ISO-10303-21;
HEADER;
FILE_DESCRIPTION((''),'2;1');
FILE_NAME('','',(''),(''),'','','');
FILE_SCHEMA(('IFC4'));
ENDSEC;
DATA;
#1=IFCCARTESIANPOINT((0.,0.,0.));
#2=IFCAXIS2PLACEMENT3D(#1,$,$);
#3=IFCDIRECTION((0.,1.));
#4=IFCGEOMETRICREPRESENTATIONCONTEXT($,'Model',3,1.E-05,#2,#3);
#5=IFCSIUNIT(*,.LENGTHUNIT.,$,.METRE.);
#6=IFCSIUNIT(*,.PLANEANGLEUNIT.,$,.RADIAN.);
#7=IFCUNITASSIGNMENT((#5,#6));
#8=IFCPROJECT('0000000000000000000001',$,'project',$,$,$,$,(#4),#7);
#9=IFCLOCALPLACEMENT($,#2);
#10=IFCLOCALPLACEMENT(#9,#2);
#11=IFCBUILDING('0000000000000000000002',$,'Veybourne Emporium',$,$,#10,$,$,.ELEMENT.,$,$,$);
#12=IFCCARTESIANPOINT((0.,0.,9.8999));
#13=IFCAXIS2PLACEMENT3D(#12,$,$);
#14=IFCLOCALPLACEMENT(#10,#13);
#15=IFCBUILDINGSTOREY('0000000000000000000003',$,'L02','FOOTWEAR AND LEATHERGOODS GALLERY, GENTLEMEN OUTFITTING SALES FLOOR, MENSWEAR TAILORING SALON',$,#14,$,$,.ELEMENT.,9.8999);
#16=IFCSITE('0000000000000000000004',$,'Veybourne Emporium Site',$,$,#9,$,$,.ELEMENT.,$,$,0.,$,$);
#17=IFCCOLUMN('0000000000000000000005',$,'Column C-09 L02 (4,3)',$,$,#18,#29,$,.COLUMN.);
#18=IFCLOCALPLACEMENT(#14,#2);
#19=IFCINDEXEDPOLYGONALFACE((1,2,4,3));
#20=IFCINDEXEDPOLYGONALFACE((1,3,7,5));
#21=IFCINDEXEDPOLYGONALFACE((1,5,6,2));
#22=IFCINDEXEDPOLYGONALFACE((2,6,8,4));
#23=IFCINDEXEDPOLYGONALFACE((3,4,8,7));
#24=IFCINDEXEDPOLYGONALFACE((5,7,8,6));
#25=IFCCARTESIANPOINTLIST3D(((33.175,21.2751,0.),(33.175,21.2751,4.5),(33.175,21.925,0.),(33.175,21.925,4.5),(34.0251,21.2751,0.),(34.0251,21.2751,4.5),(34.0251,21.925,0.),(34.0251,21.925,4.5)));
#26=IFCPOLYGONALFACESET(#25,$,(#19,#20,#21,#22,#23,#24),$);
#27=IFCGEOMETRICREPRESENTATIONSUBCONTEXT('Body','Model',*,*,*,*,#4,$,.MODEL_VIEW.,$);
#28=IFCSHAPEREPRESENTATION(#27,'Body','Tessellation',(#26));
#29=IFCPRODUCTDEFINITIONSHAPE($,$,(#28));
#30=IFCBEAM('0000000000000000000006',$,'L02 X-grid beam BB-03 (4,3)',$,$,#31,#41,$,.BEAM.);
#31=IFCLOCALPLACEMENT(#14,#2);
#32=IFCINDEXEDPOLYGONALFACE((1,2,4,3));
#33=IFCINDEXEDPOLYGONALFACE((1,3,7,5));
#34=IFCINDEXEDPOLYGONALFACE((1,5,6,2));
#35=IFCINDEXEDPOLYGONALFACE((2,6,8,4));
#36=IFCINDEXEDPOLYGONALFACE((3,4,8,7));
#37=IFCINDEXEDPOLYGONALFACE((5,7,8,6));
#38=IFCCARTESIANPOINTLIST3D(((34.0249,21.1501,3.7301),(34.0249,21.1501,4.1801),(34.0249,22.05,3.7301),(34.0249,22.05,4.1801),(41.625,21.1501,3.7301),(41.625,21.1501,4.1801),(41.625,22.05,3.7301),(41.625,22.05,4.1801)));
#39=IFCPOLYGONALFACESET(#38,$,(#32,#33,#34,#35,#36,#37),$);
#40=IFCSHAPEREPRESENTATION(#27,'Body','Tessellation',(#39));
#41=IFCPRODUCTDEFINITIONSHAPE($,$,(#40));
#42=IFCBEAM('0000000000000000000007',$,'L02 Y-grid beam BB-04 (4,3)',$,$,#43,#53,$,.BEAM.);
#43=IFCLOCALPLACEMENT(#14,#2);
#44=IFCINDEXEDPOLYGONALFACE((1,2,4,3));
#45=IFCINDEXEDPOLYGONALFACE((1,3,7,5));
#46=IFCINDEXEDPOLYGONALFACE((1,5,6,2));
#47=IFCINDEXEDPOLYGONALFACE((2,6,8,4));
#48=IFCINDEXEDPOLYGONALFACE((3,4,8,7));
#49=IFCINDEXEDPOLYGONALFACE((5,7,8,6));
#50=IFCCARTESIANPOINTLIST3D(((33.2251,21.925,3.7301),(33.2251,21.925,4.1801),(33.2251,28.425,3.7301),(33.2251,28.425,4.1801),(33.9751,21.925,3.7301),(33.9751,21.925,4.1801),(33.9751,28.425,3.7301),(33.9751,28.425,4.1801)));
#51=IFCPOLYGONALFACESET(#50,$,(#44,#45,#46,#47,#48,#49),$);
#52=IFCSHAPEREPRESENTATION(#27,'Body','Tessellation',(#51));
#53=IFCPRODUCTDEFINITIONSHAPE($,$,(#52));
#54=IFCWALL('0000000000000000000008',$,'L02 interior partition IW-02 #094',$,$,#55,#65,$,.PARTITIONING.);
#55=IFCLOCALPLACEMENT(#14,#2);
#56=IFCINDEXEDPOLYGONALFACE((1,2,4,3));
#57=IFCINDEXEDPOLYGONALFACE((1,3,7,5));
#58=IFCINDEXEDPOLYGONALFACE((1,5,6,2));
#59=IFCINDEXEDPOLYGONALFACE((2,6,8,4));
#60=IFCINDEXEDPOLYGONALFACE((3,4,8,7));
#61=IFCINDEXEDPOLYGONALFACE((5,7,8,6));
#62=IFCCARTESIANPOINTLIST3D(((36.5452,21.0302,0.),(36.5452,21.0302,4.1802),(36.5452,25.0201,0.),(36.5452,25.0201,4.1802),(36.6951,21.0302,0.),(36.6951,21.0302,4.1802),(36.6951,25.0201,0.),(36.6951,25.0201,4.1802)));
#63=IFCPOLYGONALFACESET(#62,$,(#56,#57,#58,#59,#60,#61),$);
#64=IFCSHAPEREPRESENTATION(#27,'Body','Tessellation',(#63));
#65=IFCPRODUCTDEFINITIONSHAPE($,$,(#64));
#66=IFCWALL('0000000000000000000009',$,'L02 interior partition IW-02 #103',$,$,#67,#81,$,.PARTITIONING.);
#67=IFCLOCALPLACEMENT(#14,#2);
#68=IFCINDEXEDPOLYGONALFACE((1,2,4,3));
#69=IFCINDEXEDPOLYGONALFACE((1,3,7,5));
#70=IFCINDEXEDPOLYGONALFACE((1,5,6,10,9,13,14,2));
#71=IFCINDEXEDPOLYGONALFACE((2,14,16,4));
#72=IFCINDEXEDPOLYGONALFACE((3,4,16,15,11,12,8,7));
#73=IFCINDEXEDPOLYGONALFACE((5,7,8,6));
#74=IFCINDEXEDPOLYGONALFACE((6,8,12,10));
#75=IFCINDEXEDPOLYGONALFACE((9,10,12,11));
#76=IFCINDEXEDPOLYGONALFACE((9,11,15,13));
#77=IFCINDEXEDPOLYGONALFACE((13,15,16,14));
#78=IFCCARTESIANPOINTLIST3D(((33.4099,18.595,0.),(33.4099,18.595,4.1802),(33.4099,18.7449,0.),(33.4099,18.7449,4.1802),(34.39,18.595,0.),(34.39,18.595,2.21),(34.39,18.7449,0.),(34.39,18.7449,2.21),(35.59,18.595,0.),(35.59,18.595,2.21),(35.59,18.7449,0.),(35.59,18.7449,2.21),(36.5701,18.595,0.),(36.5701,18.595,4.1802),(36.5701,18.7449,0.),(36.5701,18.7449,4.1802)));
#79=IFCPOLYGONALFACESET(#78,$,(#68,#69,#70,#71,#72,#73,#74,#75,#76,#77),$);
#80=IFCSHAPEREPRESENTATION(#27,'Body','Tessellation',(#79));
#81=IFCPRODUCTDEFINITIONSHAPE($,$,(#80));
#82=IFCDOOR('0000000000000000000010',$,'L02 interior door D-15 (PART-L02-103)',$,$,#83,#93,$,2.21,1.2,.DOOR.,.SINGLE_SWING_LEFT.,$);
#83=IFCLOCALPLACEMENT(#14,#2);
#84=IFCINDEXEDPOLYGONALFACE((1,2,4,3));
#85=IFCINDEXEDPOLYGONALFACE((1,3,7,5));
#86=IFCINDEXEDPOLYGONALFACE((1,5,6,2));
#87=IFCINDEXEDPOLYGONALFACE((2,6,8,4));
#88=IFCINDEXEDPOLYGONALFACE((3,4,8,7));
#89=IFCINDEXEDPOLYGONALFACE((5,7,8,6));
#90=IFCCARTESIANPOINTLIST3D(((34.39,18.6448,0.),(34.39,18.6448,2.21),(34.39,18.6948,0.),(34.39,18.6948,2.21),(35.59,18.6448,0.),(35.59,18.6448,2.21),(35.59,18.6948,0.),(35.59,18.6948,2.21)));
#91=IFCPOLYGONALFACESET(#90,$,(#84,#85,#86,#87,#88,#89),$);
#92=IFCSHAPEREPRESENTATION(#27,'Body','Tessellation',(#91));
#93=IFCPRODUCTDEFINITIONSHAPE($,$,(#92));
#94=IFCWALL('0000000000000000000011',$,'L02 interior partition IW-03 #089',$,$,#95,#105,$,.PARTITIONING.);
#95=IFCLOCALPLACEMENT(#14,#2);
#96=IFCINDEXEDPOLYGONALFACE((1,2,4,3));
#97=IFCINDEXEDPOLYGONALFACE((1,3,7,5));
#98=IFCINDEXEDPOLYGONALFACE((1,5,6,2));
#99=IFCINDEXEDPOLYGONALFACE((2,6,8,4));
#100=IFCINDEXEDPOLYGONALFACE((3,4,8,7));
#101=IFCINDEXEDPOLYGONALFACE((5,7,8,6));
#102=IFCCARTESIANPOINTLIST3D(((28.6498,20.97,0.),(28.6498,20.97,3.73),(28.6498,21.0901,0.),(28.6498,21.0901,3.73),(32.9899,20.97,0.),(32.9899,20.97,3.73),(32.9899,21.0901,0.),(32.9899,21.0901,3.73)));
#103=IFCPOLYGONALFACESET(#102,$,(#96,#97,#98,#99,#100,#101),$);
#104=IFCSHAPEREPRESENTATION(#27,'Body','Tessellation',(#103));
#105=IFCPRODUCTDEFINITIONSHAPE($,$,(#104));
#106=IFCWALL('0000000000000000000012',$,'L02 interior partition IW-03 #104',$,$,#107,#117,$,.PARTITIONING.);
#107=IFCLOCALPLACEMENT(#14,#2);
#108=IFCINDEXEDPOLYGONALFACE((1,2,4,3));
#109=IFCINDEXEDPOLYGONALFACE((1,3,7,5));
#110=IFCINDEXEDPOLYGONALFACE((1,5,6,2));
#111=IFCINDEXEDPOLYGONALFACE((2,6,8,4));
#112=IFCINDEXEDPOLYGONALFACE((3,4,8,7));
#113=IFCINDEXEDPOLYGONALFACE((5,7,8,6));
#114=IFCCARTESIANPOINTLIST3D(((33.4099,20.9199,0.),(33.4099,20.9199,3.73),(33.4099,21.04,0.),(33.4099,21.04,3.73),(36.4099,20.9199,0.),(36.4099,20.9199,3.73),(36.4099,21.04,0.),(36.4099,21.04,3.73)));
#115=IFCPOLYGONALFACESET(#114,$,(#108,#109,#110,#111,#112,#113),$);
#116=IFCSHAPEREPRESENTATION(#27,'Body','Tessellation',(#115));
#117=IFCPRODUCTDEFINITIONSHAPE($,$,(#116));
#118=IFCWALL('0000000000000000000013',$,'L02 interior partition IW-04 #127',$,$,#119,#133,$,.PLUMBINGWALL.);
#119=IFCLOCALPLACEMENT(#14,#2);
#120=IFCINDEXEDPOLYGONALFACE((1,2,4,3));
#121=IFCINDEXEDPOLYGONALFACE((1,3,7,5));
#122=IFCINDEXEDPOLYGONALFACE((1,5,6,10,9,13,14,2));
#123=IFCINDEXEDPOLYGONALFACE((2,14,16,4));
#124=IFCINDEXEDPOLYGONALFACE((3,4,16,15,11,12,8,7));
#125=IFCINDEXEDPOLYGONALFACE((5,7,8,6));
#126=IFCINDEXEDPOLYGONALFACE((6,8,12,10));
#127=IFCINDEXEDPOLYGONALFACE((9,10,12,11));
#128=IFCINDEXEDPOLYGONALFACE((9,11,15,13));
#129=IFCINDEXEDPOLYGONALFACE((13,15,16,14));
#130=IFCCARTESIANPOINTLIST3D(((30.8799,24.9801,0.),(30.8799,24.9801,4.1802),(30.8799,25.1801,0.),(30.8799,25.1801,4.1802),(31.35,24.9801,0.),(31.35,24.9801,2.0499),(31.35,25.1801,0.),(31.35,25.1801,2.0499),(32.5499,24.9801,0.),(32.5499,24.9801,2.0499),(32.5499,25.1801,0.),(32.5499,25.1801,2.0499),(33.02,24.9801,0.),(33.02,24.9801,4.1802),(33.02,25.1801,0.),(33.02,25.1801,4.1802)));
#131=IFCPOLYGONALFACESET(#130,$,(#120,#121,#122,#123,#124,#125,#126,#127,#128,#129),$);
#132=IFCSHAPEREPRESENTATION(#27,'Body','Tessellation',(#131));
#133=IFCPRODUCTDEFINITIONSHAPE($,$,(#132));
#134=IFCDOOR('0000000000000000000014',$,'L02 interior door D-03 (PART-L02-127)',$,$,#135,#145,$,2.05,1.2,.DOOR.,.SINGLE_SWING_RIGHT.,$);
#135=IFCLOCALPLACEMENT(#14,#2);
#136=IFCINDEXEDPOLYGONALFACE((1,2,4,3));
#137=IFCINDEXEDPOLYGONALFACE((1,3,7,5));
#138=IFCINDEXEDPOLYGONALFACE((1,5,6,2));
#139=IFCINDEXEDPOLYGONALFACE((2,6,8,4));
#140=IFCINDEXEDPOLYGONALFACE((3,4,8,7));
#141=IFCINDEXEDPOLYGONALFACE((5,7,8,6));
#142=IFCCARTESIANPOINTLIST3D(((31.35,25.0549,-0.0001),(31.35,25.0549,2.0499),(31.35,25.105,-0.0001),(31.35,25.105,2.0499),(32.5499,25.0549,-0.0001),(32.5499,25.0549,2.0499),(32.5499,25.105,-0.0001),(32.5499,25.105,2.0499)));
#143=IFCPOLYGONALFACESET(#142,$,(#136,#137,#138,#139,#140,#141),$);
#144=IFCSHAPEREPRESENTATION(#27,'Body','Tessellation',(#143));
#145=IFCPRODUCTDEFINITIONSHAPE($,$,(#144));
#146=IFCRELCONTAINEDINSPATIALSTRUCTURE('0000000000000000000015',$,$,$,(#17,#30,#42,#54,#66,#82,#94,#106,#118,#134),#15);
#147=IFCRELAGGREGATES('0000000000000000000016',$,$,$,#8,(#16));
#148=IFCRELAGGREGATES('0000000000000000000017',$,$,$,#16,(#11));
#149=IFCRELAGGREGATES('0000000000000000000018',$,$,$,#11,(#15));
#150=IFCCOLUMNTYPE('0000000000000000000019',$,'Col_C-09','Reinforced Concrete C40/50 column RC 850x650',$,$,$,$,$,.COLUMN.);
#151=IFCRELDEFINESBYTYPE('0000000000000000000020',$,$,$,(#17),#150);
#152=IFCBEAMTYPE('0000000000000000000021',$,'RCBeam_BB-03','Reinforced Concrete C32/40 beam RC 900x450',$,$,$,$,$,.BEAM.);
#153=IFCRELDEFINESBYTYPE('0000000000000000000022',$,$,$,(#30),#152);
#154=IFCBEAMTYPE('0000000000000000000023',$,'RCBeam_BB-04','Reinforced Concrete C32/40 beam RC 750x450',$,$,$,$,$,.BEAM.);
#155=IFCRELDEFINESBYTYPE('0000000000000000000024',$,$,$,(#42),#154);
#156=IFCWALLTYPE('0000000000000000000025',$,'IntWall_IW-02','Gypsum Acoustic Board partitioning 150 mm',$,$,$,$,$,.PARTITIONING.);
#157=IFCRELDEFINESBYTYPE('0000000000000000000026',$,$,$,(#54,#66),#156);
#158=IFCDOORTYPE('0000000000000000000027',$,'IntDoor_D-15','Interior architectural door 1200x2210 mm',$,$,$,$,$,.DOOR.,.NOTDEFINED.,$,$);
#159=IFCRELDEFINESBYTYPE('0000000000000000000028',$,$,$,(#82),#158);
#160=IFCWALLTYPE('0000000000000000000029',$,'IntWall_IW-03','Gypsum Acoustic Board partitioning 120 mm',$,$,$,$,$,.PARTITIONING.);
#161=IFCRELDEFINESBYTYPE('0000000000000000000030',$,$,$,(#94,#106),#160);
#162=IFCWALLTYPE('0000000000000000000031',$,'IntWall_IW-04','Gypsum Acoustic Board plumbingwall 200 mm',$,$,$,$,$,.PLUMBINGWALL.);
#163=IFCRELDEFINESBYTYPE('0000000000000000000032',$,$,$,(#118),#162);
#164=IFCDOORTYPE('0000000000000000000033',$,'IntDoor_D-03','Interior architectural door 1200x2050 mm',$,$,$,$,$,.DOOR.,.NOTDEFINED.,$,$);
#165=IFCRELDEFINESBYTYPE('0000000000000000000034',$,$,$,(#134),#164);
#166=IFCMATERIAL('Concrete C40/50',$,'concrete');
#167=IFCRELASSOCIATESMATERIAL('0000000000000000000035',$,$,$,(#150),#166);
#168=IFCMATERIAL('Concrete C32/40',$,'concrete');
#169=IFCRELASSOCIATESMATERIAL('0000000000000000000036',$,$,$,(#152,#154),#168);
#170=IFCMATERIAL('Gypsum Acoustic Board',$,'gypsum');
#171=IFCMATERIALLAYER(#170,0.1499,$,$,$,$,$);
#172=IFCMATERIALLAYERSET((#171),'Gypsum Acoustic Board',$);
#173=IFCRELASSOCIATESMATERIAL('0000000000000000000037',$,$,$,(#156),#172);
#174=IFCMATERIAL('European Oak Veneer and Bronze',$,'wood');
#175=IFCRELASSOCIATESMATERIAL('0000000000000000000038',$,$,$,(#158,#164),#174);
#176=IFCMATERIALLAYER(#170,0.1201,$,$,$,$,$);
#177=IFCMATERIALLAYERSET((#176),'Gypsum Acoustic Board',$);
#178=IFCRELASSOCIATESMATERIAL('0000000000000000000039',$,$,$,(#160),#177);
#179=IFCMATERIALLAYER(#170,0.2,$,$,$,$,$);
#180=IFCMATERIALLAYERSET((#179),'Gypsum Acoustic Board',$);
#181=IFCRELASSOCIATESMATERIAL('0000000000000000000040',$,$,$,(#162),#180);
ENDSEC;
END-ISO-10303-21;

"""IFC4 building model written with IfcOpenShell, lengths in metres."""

from ifc_helpers import new_model, si_unit, direction, frame, frame_2d, origin, origin_2d, place, context, subcontext, project, spatial, rectangle, extrude, material, layer, layer_set, material_profile, profile_set, type_object, element, fill, save


model = new_model("IFC4")

# Units and contexts
model_context = context("Model", 3, precision=1e-05, world=origin(), true_north=direction((0.0, 1.0)))
body_context = subcontext(model_context, "Body", "Model", "MODEL_VIEW")
ifc_project = project(units=[si_unit("LENGTHUNIT", "METRE"), si_unit("PLANEANGLEUNIT", "RADIAN")], contexts=[model_context])

# Site, building, storey
site_placement = place(None, origin())
site = spatial("IfcSite", under=ifc_project, at=site_placement, Name="Veybourne Emporium Site", CompositionType="ELEMENT", RefElevation=0.0)
building_placement = place(site_placement, origin())
building = spatial("IfcBuilding", under=site, at=building_placement, Name="Veybourne Emporium", CompositionType="ELEMENT")
storey_placement = place(building_placement, frame((0.0, 0.0, 9.8999)))
storey = spatial("IfcBuildingStorey", under=building, at=storey_placement, Name="L02", Description="FOOTWEAR AND LEATHERGOODS GALLERY, GENTLEMEN OUTFITTING SALES FLOOR, MENSWEAR TAILORING SALON", CompositionType="ELEMENT", Elevation=9.8999)

# Column
ifc_material_1 = material(Name="Concrete C40/50", Category="concrete")
ifc_material_profile_1 = material_profile(ifc_material_1, rectangle(XDim=0.8501, YDim=0.6499, at=origin_2d()), Name="RC 850x650")
ifc_profile_set_1 = profile_set([ifc_material_profile_1], Name="Concrete C40/50")
column_type = type_object("IfcColumnType", Name="Col_C-09", Description="Reinforced Concrete C40/50 column RC 850x650", PredefinedType="COLUMN", material=ifc_profile_set_1)
column_placement = place(storey_placement, frame((33.6001, 21.6001, 0.0), z_axis=(0.0, 0.0, 1.0), x_axis=(1.0, 0.0, 0.0)))
element("IfcColumn", 1, at=column_placement, inside=storey, type_object=column_type, Name="Column C-09 L02 (4,3)", PredefinedType="COLUMN", context=body_context, shape_type="SweptSolid", body=[
    extrude(rectangle(XDim=0.8501, YDim=0.6499, at=origin_2d()), origin(), (0.0, 0.0, 1.0), 4.5),
])

# Beams
ifc_material_2 = material(Name="Concrete C32/40", Category="concrete")
ifc_material_profile_2 = material_profile(ifc_material_2, rectangle(XDim=0.8999, YDim=0.45, at=origin_2d()), Name="RC 900x450")
ifc_profile_set_2 = profile_set([ifc_material_profile_2], Name="Concrete C32/40")
beam_type_1 = type_object("IfcBeamType", Name="RCBeam_BB-03", Description="Reinforced Concrete C32/40 beam RC 900x450", PredefinedType="BEAM", material=ifc_profile_set_2)
beam_1_placement = place(storey_placement, frame((34.0249, 21.6001, 3.9551), z_axis=(1.0, 0.0, 0.0), x_axis=(0.0, 1.0, 0.0)))
element("IfcBeam", 2, at=beam_1_placement, inside=storey, type_object=beam_type_1, Name="L02 X-grid beam BB-03 (4,3)", PredefinedType="BEAM", context=body_context, shape_type="SweptSolid", body=[
    extrude(rectangle(XDim=0.8999, YDim=0.45, at=origin_2d()), origin(), (0.0, 0.0, 1.0), 7.6001),
])
ifc_material_profile_3 = material_profile(ifc_material_2, rectangle(XDim=0.75, YDim=0.45, at=origin_2d()), Name="RC 750x450")
ifc_profile_set_3 = profile_set([ifc_material_profile_3], Name="Concrete C32/40")
beam_type_2 = type_object("IfcBeamType", Name="RCBeam_BB-04", Description="Reinforced Concrete C32/40 beam RC 750x450", PredefinedType="BEAM", material=ifc_profile_set_3)
beam_2_placement = place(storey_placement, frame((33.6001, 21.925, 3.9551), z_axis=(0.0, 1.0, 0.0), x_axis=(-1.0, 0.0, 0.0)))
element("IfcBeam", 3, at=beam_2_placement, inside=storey, type_object=beam_type_2, Name="L02 Y-grid beam BB-04 (4,3)", PredefinedType="BEAM", context=body_context, shape_type="SweptSolid", body=[
    extrude(rectangle(XDim=0.75, YDim=0.45, at=origin_2d()), origin(), (0.0, 0.0, 1.0), 6.5),
])

# Wall
ifc_material_3 = material(Name="Gypsum Acoustic Board", Category="gypsum")
ifc_layer_1 = layer(ifc_material_3, 0.1499)
ifc_layer_set_1 = layer_set([ifc_layer_1], Name="Gypsum Acoustic Board")
wall_type_1 = type_object("IfcWallType", Name="IntWall_IW-02", Description="Gypsum Acoustic Board partitioning 150 mm", PredefinedType="PARTITIONING", material=ifc_layer_set_1)
wall_1_placement = place(storey_placement, frame((36.6201, 21.03, 0.0), z_axis=(0.0, 0.0, 1.0), x_axis=(0.0, 1.0, 0.0)))
element("IfcWall", 4, at=wall_1_placement, inside=storey, type_object=wall_type_1, Name="L02 interior partition IW-02 #094", PredefinedType="PARTITIONING", context=body_context, shape_type="SweptSolid", body=[
    extrude(rectangle(XDim=3.99, YDim=0.1499, at=frame_2d((1.9951, 0.0))), origin(), (0.0, 0.0, 1.0), 4.1802),
])

# Wall, opening, door
wall_2_placement = place(storey_placement, frame((33.4099, 18.6699, 0.0), z_axis=(0.0, 0.0, 1.0), x_axis=(1.0, 0.0, 0.0)))
wall_2 = element("IfcWall", 5, at=wall_2_placement, inside=storey, type_object=wall_type_1, Name="L02 interior partition IW-02 #103", PredefinedType="PARTITIONING", context=body_context, shape_type="SweptSolid", body=[
    extrude(rectangle(XDim=3.1602, YDim=0.1499, at=frame_2d((1.5801, 0.0))), origin(), (0.0, 0.0, 1.0), 4.1802),
])
opening_1_placement = place(wall_2_placement, frame((0.98, 0.0, 0.0)))
opening_1 = element("IfcOpeningElement", 6, at=opening_1_placement, cuts=wall_2, PredefinedType="OPENING", context=body_context, shape_type="SweptSolid", body=[
    extrude(rectangle(XDim=1.2, YDim=2.21, at=frame_2d((0.6001, 1.105))), frame((0.0, 0.095, 0.0), z_axis=(0.0, -1.0, 0.0), x_axis=(1.0, 0.0, 0.0)), (0.0, 0.0, 1.0), 0.1899),
])
ifc_material_4 = material(Name="European Oak Veneer and Bronze", Category="wood")
door_type_1 = type_object("IfcDoorType", Name="IntDoor_D-15", Description="Interior architectural door 1200x2210 mm", OperationType="NOTDEFINED", PredefinedType="DOOR", material=ifc_material_4)
door_1_placement = place(opening_1_placement, origin())
door_1 = element("IfcDoor", 7, at=door_1_placement, inside=storey, type_object=door_type_1, Name="L02 interior door D-15 (PART-L02-103)", OperationType="SINGLE_SWING_LEFT", OverallHeight=2.21, OverallWidth=1.2, PredefinedType="DOOR", context=body_context, shape_type="SweptSolid", body=[
    extrude(rectangle(XDim=1.2, YDim=2.21, at=frame_2d((0.6001, 1.105))), frame((0.0, 0.0249, 0.0), z_axis=(0.0, -1.0, 0.0), x_axis=(1.0, 0.0, 0.0)), (0.0, 0.0, 1.0), 0.05),
])
fill(opening_1, door_1)

# Walls
ifc_layer_2 = layer(ifc_material_3, 0.1201)
ifc_layer_set_2 = layer_set([ifc_layer_2], Name="Gypsum Acoustic Board")
wall_type_2 = type_object("IfcWallType", Name="IntWall_IW-03", Description="Gypsum Acoustic Board partitioning 120 mm", PredefinedType="PARTITIONING", material=ifc_layer_set_2)
wall_3_placement = place(storey_placement, frame((28.6499, 21.03, 0.0), z_axis=(0.0, 0.0, 1.0), x_axis=(1.0, 0.0, 0.0)))
element("IfcWall", 8, at=wall_3_placement, inside=storey, type_object=wall_type_2, Name="L02 interior partition IW-03 #089", PredefinedType="PARTITIONING", context=body_context, shape_type="SweptSolid", body=[
    extrude(rectangle(XDim=4.3401, YDim=0.1201, at=frame_2d((2.1699, 0.0))), origin(), (0.0, 0.0, 1.0), 3.73),
])
wall_4_placement = place(storey_placement, frame((33.4099, 20.98, 0.0), z_axis=(0.0, 0.0, 1.0), x_axis=(1.0, 0.0, 0.0)))
element("IfcWall", 9, at=wall_4_placement, inside=storey, type_object=wall_type_2, Name="L02 interior partition IW-03 #104", PredefinedType="PARTITIONING", context=body_context, shape_type="SweptSolid", body=[
    extrude(rectangle(XDim=3.0, YDim=0.1201, at=frame_2d((1.5, 0.0))), origin(), (0.0, 0.0, 1.0), 3.73),
])

# Wall, opening, door
ifc_layer_3 = layer(ifc_material_3, 0.2)
ifc_layer_set_3 = layer_set([ifc_layer_3], Name="Gypsum Acoustic Board")
wall_type_3 = type_object("IfcWallType", Name="IntWall_IW-04", Description="Gypsum Acoustic Board plumbingwall 200 mm", PredefinedType="PLUMBINGWALL", material=ifc_layer_set_3)
wall_5_placement = place(storey_placement, frame((30.8799, 25.0801, 0.0), z_axis=(0.0, 0.0, 1.0), x_axis=(1.0, 0.0, 0.0)))
wall_5 = element("IfcWall", 10, at=wall_5_placement, inside=storey, type_object=wall_type_3, Name="L02 interior partition IW-04 #127", PredefinedType="PLUMBINGWALL", context=body_context, shape_type="SweptSolid", body=[
    extrude(rectangle(XDim=2.1401, YDim=0.2, at=frame_2d((1.0701, 0.0))), origin(), (0.0, 0.0, 1.0), 4.1802),
])
opening_2_placement = place(wall_5_placement, frame((0.47, 0.0, 0.0)))
opening_2 = element("IfcOpeningElement", 11, at=opening_2_placement, cuts=wall_5, PredefinedType="OPENING", context=body_context, shape_type="SweptSolid", body=[
    extrude(rectangle(XDim=1.2, YDim=2.05, at=frame_2d((0.6001, 1.0249))), frame((0.0, 0.1201, 0.0), z_axis=(0.0, -1.0, 0.0), x_axis=(1.0, 0.0, 0.0)), (0.0, 0.0, 1.0), 0.24),
])
door_type_2 = type_object("IfcDoorType", Name="IntDoor_D-03", Description="Interior architectural door 1200x2050 mm", OperationType="NOTDEFINED", PredefinedType="DOOR", material=ifc_material_4)
door_2_placement = place(opening_2_placement, origin())
door_2 = element("IfcDoor", 12, at=door_2_placement, inside=storey, type_object=door_type_2, Name="L02 interior door D-03 (PART-L02-127)", OperationType="SINGLE_SWING_RIGHT", OverallHeight=2.05, OverallWidth=1.2, PredefinedType="DOOR", context=body_context, shape_type="SweptSolid", body=[
    extrude(rectangle(XDim=1.2, YDim=2.05, at=frame_2d((0.6001, 1.0249))), frame((0.0, 0.0249, 0.0), z_axis=(0.0, -1.0, 0.0), x_axis=(1.0, 0.0, 0.0)), (0.0, 0.0, 1.0), 0.05),
])
fill(opening_2, door_2)

save(model, "model.ifc")
